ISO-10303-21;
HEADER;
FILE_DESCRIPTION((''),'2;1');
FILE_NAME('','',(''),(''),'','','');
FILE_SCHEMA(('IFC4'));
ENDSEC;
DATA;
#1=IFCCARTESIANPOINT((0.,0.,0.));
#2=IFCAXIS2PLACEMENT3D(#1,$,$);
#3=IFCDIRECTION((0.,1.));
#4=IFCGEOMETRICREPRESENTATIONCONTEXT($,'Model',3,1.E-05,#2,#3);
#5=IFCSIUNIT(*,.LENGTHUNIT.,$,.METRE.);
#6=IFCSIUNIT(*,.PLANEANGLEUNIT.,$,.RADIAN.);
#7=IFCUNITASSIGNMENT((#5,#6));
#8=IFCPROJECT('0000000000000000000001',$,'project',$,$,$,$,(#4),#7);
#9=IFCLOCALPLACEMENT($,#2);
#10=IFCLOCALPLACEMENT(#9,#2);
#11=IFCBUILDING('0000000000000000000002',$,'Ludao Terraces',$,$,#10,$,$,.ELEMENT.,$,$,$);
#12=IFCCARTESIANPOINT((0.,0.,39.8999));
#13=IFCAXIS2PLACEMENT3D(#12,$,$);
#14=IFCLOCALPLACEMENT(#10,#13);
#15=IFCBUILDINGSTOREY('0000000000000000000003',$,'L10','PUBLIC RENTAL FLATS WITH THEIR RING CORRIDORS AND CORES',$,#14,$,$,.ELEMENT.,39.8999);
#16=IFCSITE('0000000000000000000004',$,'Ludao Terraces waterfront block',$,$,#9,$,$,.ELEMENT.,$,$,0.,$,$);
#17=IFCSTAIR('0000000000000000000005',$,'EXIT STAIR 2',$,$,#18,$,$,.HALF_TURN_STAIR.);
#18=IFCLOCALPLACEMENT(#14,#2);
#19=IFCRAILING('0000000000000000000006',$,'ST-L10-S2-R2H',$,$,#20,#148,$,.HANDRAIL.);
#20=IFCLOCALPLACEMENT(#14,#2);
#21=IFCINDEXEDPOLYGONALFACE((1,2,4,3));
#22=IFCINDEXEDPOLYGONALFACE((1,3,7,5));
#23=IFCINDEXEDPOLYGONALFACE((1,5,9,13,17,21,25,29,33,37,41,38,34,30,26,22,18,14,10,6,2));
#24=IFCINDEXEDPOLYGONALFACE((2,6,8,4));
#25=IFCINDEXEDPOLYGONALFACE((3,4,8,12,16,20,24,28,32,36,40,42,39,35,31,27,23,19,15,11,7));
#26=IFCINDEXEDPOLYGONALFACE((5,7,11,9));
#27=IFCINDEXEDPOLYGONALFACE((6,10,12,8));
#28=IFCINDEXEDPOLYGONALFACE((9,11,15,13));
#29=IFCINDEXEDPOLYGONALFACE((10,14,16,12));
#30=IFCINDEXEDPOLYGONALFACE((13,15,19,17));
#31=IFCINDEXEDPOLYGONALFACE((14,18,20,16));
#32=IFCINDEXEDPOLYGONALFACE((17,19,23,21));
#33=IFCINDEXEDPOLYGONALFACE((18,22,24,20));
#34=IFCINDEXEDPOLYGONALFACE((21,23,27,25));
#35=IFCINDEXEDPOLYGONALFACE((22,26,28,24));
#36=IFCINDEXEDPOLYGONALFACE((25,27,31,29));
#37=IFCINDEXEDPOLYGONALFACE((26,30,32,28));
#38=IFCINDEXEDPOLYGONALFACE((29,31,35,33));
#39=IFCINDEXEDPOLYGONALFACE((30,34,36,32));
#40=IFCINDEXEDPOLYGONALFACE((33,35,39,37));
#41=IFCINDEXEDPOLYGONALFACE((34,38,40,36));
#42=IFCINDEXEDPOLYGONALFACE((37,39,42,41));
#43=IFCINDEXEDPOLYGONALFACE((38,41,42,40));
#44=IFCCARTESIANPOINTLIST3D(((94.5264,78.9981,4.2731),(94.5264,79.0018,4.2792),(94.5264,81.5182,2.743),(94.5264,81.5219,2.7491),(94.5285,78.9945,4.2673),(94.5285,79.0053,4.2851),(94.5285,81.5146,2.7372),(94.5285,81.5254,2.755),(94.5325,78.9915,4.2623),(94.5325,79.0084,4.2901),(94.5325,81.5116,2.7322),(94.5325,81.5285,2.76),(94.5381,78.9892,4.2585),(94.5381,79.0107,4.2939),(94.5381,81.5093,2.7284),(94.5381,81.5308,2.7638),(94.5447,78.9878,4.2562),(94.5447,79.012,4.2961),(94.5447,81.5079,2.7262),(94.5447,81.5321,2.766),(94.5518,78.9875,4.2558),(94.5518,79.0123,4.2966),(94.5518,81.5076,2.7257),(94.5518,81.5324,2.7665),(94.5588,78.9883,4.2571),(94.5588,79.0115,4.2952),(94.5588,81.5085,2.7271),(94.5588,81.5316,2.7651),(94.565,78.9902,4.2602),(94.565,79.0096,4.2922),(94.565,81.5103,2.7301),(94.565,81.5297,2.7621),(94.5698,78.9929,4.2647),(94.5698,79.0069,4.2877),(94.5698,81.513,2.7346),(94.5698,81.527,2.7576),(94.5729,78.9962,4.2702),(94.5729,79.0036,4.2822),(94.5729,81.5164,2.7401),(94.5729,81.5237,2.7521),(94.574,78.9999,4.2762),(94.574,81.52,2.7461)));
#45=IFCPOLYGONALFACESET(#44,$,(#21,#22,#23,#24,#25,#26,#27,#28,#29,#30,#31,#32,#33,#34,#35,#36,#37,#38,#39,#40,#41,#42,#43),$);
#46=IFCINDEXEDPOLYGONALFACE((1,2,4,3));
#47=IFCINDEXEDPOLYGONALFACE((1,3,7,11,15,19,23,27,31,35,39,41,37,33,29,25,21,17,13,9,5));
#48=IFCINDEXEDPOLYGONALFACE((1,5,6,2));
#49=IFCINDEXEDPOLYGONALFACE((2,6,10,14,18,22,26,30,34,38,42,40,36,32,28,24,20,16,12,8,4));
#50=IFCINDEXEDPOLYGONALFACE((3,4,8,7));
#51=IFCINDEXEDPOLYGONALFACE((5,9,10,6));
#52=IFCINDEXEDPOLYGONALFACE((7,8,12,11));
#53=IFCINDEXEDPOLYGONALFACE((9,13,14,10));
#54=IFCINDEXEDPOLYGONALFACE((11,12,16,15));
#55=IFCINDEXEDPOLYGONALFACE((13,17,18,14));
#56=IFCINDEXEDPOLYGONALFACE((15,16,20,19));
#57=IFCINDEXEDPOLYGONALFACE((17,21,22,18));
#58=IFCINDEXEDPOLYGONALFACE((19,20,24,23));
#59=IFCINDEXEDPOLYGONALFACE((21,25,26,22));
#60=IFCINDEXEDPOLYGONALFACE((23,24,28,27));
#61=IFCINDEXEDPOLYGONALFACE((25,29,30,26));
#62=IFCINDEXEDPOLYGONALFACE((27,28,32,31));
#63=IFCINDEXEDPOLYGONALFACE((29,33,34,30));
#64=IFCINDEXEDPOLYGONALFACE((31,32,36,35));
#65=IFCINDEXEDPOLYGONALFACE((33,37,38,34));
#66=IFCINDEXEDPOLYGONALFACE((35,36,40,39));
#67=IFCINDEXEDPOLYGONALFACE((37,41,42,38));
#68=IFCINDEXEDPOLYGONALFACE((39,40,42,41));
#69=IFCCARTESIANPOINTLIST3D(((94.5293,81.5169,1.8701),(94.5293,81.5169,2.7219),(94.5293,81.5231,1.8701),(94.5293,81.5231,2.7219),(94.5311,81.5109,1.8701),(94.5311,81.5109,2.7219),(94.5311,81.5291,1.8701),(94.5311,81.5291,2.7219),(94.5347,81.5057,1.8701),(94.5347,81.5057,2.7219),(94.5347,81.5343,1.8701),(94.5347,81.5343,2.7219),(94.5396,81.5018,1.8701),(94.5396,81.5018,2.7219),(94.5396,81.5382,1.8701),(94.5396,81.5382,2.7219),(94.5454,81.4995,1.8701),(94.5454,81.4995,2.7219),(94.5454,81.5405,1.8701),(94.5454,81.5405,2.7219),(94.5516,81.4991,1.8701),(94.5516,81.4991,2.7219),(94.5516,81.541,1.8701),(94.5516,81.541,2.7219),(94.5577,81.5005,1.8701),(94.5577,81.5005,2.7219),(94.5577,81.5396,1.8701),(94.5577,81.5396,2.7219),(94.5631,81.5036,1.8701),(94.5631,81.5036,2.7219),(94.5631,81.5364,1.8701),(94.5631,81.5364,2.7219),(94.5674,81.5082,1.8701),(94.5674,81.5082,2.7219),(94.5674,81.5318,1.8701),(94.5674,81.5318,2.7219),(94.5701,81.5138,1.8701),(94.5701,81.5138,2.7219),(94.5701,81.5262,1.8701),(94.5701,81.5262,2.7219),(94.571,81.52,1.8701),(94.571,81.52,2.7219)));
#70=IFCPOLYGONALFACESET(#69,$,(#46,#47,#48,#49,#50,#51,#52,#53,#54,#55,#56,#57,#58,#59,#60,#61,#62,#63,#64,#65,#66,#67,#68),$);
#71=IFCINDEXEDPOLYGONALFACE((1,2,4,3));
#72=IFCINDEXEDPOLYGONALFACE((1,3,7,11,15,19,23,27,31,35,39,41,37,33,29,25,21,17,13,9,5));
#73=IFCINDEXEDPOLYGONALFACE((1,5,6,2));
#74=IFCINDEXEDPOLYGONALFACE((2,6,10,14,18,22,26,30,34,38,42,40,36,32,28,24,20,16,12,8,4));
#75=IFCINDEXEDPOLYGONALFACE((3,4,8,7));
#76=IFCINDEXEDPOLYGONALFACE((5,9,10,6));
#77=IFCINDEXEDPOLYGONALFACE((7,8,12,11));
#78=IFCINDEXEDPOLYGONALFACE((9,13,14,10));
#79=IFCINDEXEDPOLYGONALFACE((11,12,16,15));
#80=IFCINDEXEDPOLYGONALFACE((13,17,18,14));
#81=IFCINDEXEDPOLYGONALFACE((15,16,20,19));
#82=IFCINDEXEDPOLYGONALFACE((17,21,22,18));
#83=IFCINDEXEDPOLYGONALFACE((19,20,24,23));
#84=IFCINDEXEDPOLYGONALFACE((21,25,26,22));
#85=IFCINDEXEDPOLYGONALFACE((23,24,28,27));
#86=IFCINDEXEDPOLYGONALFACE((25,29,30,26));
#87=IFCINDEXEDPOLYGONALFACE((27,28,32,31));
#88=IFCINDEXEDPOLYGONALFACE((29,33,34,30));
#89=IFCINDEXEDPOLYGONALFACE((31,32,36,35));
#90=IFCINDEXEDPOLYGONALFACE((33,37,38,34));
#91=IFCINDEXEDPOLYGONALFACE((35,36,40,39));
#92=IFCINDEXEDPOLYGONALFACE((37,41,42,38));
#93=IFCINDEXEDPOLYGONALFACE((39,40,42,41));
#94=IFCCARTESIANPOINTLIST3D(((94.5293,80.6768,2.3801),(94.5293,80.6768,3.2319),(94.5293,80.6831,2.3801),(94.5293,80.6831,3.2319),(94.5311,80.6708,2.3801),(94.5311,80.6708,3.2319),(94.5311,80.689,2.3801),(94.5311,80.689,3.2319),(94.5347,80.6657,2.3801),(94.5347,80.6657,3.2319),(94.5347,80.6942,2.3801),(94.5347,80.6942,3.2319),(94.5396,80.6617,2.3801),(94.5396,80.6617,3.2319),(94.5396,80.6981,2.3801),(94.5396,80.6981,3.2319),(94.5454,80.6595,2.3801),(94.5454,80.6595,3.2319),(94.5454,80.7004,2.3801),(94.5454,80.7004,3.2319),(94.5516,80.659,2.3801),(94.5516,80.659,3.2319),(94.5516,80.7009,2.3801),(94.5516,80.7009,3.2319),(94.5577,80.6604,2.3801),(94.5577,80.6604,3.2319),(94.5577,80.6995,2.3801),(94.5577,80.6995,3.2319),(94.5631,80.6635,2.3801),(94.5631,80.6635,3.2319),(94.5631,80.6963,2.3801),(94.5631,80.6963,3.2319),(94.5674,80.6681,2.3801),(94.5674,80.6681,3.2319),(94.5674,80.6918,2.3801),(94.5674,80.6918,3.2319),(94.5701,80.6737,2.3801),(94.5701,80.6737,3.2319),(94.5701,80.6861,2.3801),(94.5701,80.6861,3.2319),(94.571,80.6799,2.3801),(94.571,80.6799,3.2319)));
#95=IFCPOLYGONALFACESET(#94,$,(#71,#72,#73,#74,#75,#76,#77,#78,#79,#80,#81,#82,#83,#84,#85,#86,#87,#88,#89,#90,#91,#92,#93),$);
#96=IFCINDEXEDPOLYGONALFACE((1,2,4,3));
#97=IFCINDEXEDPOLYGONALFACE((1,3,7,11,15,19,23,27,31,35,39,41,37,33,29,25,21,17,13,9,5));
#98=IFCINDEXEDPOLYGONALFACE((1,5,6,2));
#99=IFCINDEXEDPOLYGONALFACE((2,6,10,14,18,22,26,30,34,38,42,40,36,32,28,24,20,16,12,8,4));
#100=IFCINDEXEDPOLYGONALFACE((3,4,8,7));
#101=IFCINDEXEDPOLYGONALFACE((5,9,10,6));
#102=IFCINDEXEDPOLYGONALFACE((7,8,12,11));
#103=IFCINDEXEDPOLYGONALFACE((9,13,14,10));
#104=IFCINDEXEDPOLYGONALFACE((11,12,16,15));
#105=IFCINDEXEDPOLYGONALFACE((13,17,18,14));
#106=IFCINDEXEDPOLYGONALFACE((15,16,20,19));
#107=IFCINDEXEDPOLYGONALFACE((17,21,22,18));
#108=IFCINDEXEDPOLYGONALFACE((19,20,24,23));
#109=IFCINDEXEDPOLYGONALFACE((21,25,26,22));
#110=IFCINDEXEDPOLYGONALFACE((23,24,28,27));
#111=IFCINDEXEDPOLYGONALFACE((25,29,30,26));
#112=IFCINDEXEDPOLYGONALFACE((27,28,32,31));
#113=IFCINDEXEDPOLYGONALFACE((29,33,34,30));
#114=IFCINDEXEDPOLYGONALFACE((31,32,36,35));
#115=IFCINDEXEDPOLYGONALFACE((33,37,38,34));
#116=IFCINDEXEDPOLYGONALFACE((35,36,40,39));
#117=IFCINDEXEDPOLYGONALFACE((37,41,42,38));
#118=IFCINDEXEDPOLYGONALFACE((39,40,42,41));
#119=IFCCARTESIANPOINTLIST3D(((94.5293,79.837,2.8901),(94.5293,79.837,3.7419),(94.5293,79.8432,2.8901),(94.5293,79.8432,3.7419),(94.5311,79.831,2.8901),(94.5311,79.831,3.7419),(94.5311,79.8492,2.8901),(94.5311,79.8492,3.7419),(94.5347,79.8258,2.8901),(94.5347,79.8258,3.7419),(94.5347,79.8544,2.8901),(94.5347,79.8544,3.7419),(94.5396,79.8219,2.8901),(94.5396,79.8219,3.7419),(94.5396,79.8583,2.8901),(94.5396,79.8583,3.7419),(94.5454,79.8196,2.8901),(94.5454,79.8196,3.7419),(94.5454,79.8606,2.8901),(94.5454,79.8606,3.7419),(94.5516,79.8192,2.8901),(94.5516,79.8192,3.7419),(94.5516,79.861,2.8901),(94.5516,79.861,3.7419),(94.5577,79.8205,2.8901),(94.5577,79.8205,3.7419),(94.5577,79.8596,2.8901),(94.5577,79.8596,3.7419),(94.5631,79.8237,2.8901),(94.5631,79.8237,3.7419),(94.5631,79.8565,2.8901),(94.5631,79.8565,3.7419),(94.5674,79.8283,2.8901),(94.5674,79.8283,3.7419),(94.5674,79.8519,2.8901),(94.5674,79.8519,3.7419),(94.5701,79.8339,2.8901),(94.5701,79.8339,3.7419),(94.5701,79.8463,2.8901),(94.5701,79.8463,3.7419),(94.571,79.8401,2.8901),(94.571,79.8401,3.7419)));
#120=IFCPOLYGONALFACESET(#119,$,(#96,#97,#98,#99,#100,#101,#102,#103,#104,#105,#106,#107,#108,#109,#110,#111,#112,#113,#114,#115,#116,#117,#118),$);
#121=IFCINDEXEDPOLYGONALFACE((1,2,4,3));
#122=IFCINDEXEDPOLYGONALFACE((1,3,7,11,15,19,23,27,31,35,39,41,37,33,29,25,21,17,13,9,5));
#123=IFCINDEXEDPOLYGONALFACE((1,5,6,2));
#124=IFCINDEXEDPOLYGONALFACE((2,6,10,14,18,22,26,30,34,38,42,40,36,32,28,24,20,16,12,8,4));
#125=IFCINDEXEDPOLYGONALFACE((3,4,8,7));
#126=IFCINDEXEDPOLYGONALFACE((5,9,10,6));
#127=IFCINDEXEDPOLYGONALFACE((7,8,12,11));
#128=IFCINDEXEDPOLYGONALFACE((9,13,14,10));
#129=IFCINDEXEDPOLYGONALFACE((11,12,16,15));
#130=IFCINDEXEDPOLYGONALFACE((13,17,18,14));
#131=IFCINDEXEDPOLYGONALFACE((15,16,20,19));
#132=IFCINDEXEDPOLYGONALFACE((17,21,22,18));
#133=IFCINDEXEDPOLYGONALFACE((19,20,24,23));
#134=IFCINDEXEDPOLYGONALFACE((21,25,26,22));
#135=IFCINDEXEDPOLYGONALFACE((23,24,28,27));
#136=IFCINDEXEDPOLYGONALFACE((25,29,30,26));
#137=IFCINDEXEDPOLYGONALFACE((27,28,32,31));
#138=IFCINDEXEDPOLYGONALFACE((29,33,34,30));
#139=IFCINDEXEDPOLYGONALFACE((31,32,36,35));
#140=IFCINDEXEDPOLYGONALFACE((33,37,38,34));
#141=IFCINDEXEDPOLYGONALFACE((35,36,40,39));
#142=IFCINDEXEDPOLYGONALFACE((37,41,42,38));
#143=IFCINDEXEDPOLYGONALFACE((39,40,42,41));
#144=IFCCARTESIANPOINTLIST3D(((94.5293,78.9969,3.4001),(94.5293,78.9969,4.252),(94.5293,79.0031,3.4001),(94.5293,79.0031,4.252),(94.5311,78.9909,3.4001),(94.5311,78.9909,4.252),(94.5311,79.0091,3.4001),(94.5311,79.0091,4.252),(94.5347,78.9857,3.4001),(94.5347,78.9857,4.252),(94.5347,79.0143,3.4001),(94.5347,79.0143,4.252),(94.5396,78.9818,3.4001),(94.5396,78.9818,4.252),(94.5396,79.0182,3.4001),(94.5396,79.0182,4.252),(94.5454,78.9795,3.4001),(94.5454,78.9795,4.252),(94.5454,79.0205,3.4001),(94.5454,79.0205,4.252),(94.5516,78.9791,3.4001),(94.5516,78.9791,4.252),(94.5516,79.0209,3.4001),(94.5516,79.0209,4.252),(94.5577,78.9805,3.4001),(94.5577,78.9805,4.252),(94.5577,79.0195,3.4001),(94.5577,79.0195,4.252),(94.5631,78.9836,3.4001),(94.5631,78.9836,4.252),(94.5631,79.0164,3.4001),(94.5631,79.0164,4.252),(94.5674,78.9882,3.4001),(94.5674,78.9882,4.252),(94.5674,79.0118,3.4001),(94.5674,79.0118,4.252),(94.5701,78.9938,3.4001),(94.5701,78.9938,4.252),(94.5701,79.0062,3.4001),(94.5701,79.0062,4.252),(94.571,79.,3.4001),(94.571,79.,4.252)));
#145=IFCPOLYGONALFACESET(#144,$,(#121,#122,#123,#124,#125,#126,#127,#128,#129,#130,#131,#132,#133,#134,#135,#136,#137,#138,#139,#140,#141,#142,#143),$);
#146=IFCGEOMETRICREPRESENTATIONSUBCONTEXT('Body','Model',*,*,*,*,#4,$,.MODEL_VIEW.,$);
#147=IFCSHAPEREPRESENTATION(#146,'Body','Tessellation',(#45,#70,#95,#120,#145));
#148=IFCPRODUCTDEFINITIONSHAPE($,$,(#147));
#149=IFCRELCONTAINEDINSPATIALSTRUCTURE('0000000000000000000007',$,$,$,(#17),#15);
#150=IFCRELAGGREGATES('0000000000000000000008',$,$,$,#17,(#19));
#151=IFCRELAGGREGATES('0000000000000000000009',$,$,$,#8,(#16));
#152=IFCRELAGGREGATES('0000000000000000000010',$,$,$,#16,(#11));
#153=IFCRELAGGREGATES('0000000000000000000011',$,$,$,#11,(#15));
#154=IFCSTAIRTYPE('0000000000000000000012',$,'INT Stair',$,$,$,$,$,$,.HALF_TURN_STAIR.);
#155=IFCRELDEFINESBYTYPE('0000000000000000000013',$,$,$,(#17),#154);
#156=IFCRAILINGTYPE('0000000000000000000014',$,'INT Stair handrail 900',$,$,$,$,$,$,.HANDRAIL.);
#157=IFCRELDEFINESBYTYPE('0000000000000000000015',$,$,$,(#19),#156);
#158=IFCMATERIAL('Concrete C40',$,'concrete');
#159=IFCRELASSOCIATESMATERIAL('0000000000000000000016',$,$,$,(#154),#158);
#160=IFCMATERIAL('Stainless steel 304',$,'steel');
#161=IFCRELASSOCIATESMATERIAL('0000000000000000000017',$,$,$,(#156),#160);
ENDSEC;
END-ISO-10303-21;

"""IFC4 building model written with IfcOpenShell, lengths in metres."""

from ifc_helpers import new_model, si_unit, direction, frame, origin, origin_2d, place, context, subcontext, project, spatial, circle, extrude, material, type_object, element, aggregate, save


model = new_model("IFC4")

# Units and contexts
model_context = context("Model", 3, precision=1e-05, world=origin(), true_north=direction((0.0, 1.0)))
body_context = subcontext(model_context, "Body", "Model", "MODEL_VIEW")
ifc_project = project(units=[si_unit("LENGTHUNIT", "METRE"), si_unit("PLANEANGLEUNIT", "RADIAN")], contexts=[model_context])

# Site, building, storey
site_placement = place(None, origin())
site = spatial("IfcSite", under=ifc_project, at=site_placement, Name="Ludao Terraces waterfront block", CompositionType="ELEMENT", RefElevation=0.0)
building_placement = place(site_placement, origin())
building = spatial("IfcBuilding", under=site, at=building_placement, Name="Ludao Terraces", CompositionType="ELEMENT")
storey_placement = place(building_placement, frame((0.0, 0.0, 39.8999)))
storey = spatial("IfcBuildingStorey", under=building, at=storey_placement, Name="L10", Description="PUBLIC RENTAL FLATS WITH THEIR RING CORRIDORS AND CORES", CompositionType="ELEMENT", Elevation=39.8999)

# Shared definitions
ifc_material_1 = material(Name="Concrete C40", Category="concrete")

# Stair, railing
stair_type = type_object("IfcStairType", Name="INT Stair", PredefinedType="HALF_TURN_STAIR", material=ifc_material_1)
stair_placement = place(storey_placement, origin())
stair = element("IfcStair", 1, at=stair_placement, inside=storey, type_object=stair_type, Name="EXIT STAIR 2", PredefinedType="HALF_TURN_STAIR")
ifc_material_2 = material(Name="Stainless steel 304", Category="steel")
railing_type_1 = type_object("IfcRailingType", Name="INT Stair handrail 900", PredefinedType="HANDRAIL", material=ifc_material_2)
railing_1_placement = place(storey_placement, frame((94.55, 81.52, 1.8701)))
railing_1 = element("IfcRailing", 2, at=railing_1_placement, type_object=railing_type_1, Name="ST-L10-S2-R2H", PredefinedType="HANDRAIL", context=body_context, shape_type="SweptSolid", body=[
    extrude(circle(Radius=0.0239, at=origin_2d()), frame((0.0, 0.0, 0.876), z_axis=(0.0, -0.854785, 0.518982), x_axis=(1.0, 0.0, 0.0)), (0.0, 0.0, 1.0), 2.9482),
    extrude(circle(Radius=0.021, at=origin_2d()), origin(), (0.0, 0.0, 1.0), 0.8518),
    extrude(circle(Radius=0.021, at=origin_2d()), frame((0.0, -0.8401, 0.51)), (0.0, 0.0, 1.0), 0.8518),
    extrude(circle(Radius=0.021, at=origin_2d()), frame((0.0, -1.6799, 1.02)), (0.0, 0.0, 1.0), 0.8518),
    extrude(circle(Radius=0.021, at=origin_2d()), frame((0.0, -2.52, 1.53)), (0.0, 0.0, 1.0), 0.8518),
])
aggregate(stair, [railing_1])

save(model, "model.ifc")
